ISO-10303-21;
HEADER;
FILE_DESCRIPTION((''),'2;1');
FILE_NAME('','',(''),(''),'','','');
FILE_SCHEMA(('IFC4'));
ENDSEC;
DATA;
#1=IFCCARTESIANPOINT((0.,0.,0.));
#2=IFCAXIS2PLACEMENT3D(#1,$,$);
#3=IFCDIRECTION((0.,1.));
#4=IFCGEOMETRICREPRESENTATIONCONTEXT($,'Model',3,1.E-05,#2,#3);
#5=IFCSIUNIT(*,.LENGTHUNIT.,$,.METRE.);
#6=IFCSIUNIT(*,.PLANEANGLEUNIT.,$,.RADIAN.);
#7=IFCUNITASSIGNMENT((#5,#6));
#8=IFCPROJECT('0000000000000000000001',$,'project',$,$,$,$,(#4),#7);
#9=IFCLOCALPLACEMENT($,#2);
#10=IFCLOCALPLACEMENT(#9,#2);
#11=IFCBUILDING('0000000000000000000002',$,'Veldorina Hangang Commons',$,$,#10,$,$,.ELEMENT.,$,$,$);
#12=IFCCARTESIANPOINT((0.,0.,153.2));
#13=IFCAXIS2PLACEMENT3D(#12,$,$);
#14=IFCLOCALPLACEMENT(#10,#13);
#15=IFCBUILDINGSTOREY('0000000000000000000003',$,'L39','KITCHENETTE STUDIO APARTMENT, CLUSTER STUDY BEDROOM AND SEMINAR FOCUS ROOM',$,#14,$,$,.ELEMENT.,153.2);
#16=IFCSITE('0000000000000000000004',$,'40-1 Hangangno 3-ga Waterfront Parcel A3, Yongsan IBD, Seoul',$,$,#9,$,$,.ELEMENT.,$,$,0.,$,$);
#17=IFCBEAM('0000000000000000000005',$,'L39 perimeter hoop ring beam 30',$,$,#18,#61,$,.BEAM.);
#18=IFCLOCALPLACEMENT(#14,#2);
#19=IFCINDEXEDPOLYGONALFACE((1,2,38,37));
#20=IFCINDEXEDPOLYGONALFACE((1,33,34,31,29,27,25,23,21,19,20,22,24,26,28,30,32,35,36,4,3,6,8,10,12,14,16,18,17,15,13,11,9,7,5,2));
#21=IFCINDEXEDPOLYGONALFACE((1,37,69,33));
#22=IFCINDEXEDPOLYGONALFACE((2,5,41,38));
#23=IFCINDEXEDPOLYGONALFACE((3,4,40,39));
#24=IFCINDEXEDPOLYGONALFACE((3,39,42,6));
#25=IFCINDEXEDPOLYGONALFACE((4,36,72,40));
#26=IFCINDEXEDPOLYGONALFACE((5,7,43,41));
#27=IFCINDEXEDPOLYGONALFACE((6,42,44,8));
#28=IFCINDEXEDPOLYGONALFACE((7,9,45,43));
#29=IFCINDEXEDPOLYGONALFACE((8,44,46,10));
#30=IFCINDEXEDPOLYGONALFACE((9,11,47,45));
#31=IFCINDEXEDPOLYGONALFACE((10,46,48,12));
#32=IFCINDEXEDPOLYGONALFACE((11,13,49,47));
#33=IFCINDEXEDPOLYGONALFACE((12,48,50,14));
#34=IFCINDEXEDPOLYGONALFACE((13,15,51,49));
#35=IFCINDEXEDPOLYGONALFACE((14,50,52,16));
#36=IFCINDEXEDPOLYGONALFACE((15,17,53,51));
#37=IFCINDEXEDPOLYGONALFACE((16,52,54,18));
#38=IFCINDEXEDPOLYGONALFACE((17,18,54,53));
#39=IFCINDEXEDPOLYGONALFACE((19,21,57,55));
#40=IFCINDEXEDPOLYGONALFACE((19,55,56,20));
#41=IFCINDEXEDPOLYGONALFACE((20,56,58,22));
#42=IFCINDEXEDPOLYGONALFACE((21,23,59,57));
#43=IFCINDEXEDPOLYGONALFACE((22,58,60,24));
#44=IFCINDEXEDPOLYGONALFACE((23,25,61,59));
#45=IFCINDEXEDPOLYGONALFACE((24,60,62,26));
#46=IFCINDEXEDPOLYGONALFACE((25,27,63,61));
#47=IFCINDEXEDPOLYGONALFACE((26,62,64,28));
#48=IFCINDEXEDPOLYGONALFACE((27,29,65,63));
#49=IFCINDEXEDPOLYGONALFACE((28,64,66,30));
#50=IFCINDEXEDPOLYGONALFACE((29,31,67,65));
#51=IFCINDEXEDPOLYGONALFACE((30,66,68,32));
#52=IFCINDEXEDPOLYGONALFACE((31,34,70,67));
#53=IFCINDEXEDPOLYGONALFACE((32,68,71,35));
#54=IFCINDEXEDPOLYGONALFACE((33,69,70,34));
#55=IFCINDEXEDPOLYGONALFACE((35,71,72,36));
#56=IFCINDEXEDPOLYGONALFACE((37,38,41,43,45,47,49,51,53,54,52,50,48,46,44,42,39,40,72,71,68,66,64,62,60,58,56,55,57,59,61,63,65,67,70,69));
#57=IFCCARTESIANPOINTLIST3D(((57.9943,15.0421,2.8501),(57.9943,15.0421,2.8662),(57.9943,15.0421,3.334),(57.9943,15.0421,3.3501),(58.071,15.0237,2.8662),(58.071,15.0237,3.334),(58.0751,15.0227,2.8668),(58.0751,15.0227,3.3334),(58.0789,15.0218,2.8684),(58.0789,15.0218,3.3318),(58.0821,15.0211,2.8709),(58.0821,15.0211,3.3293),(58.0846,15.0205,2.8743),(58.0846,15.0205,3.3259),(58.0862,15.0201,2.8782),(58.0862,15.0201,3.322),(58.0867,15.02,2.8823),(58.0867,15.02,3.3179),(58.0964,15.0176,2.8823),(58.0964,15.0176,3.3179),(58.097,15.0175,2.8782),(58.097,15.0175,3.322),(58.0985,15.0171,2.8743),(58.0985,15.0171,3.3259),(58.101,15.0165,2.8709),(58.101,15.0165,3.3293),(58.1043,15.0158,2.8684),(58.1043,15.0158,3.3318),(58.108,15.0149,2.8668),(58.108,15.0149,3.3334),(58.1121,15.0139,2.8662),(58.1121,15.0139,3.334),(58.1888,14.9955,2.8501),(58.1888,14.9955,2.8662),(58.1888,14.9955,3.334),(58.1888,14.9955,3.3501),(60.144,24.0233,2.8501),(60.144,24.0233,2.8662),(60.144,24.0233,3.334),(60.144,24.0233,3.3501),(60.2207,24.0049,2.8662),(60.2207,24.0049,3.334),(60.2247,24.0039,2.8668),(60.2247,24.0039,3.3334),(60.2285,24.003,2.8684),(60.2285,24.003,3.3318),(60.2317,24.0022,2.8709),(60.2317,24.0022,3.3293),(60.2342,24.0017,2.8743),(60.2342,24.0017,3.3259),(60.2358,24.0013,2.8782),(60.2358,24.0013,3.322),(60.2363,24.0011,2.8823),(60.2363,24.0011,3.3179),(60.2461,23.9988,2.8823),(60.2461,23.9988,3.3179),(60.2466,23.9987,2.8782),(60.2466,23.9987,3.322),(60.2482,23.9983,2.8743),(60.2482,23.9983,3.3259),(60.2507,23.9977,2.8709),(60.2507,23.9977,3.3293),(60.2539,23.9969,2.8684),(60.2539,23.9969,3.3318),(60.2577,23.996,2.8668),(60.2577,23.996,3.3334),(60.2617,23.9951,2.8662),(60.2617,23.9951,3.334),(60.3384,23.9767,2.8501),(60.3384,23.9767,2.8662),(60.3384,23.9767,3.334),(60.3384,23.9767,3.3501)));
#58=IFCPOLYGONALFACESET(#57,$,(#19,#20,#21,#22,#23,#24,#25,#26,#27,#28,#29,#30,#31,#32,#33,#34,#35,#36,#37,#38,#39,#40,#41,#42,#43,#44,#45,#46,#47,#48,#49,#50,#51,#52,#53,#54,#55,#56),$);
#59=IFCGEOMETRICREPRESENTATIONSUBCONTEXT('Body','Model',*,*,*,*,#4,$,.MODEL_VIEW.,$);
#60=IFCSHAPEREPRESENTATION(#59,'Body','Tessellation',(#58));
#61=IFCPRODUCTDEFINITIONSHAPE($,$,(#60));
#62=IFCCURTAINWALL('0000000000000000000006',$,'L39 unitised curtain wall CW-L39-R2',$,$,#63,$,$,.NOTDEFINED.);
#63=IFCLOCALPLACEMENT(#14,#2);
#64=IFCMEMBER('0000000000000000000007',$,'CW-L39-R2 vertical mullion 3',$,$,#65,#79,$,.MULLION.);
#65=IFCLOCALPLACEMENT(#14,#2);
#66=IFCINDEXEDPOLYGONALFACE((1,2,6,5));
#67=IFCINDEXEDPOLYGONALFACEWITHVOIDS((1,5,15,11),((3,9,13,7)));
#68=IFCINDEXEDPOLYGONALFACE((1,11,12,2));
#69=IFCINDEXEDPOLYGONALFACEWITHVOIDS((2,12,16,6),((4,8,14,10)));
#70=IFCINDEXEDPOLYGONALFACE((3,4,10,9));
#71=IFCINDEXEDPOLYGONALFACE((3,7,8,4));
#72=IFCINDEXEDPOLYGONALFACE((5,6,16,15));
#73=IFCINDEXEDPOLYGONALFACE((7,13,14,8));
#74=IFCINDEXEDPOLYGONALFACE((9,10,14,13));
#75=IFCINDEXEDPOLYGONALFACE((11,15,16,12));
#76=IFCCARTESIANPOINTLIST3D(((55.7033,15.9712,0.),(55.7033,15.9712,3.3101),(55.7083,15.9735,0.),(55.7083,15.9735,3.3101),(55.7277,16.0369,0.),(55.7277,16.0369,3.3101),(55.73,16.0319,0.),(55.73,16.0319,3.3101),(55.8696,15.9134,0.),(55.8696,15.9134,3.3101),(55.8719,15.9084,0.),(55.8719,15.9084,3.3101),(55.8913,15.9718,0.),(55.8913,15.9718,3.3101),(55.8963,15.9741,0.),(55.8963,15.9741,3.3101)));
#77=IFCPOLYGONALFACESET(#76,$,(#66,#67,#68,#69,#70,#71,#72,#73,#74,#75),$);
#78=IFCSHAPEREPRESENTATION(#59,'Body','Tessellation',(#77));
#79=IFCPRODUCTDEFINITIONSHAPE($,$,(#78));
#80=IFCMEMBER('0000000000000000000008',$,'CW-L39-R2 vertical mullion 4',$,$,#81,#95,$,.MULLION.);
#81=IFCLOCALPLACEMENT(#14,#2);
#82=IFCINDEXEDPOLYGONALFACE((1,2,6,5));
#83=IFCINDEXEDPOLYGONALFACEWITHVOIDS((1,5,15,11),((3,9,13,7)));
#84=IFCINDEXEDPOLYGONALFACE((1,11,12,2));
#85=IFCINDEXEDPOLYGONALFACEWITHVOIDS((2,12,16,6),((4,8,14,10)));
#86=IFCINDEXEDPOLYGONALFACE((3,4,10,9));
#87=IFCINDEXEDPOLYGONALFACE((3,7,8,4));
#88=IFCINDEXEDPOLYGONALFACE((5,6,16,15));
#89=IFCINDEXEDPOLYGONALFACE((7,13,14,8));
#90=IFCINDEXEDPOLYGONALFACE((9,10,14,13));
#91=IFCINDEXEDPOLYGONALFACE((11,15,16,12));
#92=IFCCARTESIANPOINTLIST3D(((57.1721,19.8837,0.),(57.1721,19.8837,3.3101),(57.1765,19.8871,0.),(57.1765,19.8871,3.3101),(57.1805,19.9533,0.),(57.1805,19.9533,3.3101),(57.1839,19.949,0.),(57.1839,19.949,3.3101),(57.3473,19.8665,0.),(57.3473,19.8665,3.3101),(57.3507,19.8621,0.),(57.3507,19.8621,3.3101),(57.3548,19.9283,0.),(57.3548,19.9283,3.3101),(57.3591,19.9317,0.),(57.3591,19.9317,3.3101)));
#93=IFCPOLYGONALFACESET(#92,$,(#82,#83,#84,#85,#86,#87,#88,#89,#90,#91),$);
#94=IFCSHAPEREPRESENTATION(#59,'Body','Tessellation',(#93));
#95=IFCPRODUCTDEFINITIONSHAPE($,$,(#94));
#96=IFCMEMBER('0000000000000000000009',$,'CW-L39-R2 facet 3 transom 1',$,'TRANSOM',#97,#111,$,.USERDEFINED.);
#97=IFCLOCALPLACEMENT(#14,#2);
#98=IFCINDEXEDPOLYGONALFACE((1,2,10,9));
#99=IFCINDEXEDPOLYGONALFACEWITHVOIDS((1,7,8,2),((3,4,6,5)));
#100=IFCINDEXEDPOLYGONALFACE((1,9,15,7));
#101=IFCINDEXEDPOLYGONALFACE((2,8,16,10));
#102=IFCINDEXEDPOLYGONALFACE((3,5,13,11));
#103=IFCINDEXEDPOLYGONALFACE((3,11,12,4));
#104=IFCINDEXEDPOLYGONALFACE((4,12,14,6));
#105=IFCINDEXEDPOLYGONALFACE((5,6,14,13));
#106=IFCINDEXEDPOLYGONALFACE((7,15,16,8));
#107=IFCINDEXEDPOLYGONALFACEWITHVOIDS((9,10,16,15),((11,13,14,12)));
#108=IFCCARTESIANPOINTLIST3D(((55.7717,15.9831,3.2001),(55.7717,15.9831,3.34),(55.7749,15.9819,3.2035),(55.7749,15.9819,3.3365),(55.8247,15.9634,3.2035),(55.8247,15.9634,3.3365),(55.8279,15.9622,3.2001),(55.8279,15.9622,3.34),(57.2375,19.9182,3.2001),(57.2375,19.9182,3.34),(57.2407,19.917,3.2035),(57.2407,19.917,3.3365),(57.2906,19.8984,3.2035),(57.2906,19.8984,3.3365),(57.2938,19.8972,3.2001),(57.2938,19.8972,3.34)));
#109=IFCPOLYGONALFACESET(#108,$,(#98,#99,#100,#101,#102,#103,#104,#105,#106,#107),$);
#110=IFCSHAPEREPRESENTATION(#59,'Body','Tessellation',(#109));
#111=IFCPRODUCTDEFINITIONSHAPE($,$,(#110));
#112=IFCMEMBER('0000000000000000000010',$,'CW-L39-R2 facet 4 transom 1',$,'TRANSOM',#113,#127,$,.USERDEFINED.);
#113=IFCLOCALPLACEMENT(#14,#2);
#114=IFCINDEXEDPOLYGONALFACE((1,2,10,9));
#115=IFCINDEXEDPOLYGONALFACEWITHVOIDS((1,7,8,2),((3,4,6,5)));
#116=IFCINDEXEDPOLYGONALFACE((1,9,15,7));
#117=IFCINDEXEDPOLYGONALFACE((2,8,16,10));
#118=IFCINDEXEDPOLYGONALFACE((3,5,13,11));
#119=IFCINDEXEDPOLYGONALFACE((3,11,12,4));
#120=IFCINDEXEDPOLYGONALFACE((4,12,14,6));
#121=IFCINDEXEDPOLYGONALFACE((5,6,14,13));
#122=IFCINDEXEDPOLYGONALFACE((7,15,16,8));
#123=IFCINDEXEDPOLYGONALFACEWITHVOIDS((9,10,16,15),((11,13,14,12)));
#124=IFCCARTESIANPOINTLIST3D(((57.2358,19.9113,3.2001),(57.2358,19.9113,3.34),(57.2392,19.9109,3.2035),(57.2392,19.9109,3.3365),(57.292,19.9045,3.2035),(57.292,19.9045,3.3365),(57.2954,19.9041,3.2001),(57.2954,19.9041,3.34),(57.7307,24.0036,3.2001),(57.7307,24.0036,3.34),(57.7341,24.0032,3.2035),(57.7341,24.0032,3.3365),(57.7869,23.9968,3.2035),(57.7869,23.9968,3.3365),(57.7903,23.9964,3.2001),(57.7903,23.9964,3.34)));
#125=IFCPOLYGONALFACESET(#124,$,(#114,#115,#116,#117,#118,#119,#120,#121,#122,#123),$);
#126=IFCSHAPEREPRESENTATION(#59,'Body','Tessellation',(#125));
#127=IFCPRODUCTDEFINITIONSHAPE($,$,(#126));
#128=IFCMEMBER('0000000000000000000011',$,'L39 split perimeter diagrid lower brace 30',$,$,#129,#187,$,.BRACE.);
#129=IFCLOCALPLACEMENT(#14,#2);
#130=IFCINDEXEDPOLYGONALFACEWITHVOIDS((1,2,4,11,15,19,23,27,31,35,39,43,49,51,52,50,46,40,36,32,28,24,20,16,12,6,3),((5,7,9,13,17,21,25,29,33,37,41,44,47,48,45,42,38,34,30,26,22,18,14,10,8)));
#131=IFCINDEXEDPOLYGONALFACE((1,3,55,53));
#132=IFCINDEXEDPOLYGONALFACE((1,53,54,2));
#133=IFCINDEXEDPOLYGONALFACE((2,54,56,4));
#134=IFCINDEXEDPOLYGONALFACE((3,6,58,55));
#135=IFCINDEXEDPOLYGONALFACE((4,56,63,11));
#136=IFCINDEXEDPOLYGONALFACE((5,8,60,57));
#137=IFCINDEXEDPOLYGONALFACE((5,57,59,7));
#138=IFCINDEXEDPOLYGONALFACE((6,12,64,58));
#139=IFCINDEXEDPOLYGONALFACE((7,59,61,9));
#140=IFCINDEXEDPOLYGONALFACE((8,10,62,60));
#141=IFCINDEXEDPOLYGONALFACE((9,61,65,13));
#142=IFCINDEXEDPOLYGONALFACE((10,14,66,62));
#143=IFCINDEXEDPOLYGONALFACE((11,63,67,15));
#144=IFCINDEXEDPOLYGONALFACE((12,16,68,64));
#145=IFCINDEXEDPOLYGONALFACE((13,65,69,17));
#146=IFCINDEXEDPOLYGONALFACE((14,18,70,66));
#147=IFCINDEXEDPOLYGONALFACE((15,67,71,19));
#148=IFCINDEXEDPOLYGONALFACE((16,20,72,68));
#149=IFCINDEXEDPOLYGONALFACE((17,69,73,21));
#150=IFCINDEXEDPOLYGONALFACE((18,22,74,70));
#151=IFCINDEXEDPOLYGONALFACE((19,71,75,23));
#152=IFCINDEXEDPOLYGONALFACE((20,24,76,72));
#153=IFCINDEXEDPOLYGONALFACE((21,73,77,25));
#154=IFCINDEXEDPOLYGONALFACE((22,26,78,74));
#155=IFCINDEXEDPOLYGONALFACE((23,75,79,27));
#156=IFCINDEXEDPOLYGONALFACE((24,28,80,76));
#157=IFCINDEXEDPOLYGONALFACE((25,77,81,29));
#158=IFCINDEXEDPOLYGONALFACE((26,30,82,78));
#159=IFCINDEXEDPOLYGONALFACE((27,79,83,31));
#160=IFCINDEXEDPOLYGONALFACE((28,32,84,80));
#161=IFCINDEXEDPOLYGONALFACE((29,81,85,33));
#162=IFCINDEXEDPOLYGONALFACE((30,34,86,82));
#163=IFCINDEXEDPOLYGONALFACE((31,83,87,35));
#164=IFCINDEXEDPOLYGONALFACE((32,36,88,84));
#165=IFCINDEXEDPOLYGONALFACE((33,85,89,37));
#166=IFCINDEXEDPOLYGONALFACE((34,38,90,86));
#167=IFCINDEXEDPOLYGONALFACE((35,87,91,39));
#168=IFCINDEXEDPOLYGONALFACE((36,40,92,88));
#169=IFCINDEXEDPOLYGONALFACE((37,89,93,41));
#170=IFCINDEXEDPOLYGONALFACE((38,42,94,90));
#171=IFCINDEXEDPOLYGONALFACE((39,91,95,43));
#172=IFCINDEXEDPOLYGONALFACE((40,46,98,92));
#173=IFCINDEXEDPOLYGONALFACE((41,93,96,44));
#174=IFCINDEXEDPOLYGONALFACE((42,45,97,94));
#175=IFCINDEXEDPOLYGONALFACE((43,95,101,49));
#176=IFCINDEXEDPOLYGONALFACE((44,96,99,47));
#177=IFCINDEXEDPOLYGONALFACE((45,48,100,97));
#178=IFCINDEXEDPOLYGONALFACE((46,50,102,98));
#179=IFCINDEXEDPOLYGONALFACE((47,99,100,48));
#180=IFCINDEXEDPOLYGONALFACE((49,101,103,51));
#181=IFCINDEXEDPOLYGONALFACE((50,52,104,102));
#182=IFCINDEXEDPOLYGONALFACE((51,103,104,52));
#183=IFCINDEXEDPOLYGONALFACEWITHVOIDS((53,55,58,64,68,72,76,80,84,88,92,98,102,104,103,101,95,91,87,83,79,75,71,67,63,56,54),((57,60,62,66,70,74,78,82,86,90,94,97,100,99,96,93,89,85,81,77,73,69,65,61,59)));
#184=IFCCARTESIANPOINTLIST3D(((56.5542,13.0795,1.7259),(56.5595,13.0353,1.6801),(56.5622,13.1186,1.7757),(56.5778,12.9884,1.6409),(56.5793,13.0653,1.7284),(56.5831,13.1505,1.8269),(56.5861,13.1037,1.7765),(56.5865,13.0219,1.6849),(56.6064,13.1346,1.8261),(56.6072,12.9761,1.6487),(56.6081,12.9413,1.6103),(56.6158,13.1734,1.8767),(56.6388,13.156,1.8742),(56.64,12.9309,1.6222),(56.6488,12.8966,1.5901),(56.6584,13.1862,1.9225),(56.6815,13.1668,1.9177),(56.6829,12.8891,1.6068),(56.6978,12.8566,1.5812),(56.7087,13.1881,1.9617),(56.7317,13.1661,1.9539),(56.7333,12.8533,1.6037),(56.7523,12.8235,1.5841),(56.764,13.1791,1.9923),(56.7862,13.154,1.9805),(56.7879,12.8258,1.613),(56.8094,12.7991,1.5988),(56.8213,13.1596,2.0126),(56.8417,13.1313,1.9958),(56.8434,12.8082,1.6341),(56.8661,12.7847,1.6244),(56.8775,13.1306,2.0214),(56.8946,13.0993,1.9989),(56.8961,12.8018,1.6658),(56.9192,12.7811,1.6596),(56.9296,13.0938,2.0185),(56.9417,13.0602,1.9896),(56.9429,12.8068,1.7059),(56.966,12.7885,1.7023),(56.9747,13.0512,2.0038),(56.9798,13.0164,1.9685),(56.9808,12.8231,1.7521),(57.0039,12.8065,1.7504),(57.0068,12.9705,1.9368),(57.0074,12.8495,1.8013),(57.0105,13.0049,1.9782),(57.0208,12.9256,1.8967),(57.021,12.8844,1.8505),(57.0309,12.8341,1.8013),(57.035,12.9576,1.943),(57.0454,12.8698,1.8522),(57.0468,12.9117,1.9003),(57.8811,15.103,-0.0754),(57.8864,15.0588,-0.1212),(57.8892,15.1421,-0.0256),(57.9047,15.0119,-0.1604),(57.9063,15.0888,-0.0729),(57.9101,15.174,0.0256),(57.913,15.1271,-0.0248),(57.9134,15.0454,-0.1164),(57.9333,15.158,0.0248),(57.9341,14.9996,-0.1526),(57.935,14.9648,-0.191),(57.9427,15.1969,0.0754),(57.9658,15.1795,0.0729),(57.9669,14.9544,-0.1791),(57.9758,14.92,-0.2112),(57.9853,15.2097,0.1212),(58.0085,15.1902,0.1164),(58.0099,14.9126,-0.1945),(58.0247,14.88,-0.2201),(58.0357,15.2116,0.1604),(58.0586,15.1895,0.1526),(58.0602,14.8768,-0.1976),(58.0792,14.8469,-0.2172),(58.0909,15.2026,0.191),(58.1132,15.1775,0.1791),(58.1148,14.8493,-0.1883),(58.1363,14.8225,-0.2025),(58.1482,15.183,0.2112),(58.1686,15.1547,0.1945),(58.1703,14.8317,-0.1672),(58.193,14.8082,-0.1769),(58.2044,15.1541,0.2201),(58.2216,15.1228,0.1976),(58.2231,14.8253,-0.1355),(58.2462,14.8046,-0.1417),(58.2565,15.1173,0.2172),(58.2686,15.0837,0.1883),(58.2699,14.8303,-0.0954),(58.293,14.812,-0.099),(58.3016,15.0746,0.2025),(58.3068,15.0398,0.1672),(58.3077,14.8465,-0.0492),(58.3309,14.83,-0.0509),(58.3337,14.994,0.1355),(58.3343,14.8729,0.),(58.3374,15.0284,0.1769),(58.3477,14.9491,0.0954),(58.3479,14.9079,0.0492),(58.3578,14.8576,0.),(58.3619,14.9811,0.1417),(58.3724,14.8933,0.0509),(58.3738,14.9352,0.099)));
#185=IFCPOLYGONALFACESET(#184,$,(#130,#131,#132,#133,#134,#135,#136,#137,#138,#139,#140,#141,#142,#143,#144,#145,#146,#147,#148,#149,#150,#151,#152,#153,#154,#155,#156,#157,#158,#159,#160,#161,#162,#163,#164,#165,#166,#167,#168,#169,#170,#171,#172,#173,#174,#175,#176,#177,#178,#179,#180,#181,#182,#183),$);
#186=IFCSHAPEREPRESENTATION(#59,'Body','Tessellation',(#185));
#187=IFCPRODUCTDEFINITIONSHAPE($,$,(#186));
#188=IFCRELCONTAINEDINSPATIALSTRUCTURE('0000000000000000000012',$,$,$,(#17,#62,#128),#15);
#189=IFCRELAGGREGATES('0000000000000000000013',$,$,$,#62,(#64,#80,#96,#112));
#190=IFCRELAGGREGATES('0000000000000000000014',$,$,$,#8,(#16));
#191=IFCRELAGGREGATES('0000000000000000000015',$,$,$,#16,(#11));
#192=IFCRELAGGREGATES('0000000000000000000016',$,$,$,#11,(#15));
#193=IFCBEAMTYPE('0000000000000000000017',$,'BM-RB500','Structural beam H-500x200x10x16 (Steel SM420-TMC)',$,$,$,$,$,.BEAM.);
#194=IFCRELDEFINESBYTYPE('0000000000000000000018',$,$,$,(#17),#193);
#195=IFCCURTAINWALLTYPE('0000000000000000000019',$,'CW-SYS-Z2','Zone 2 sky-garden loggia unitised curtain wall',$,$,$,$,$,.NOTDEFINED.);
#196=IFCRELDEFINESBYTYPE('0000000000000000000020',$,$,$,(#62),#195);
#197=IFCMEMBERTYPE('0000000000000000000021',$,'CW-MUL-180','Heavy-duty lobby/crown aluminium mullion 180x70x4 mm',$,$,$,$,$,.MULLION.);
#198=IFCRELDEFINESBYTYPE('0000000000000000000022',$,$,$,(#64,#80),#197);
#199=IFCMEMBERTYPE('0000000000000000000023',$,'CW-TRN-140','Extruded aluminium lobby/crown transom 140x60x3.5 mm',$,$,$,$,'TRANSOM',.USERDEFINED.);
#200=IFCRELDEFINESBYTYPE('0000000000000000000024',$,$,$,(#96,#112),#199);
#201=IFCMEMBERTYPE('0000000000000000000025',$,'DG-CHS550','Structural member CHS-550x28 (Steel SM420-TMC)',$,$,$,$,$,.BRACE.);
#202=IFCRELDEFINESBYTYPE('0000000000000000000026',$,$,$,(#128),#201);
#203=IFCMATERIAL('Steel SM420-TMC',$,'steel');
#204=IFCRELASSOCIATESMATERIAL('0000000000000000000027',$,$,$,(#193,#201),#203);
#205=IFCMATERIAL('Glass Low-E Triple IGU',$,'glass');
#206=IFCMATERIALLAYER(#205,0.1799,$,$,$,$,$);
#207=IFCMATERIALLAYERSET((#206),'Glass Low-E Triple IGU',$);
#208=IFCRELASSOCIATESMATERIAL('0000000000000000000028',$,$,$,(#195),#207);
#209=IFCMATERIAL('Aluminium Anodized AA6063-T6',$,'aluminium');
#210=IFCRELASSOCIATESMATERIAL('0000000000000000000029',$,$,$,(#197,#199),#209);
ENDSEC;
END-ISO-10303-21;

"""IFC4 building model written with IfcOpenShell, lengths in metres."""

from ifc_helpers import new_model, si_unit, direction, frame, origin, origin_2d, place, context, subcontext, project, spatial, hollow_rectangle, hollow_circle, i_section, extrude, material, layer, layer_set, material_profile, profile_set, type_object, element, aggregate, save


model = new_model("IFC4")

# Units and contexts
model_context = context("Model", 3, precision=1e-05, world=origin(), true_north=direction((0.0, 1.0)))
body_context = subcontext(model_context, "Body", "Model", "MODEL_VIEW")
ifc_project = project(units=[si_unit("LENGTHUNIT", "METRE"), si_unit("PLANEANGLEUNIT", "RADIAN")], contexts=[model_context])

# Site, building, storey
site_placement = place(None, origin())
site = spatial("IfcSite", under=ifc_project, at=site_placement, Name="40-1 Hangangno 3-ga Waterfront Parcel A3, Yongsan IBD, Seoul", CompositionType="ELEMENT", RefElevation=0.0)
building_placement = place(site_placement, origin())
building = spatial("IfcBuilding", under=site, at=building_placement, Name="Veldorina Hangang Commons", CompositionType="ELEMENT")
storey_placement = place(building_placement, frame((0.0, 0.0, 153.2)))
storey = spatial("IfcBuildingStorey", under=building, at=storey_placement, Name="L39", Description="KITCHENETTE STUDIO APARTMENT, CLUSTER STUDY BEDROOM AND SEMINAR FOCUS ROOM", CompositionType="ELEMENT", Elevation=153.2)

# Beam
ifc_material_1 = material(Name="Steel SM420-TMC", Category="steel")
ifc_material_profile_1 = material_profile(ifc_material_1, i_section(OverallWidth=0.2, OverallDepth=0.5, WebThickness=0.01, FlangeThickness=0.0161, FilletRadius=0.0161, at=origin_2d()), Name="H-500x200x10x16")
ifc_profile_set_1 = profile_set([ifc_material_profile_1], Name="Steel SM420-TMC")
beam_type = type_object("IfcBeamType", Name="BM-RB500", Description="Structural beam H-500x200x10x16 (Steel SM420-TMC)", PredefinedType="BEAM", material=ifc_profile_set_1)
beam_placement = place(storey_placement, frame((58.0916, 15.0188, 3.1001), z_axis=(0.232776, 0.97253, 0.0), x_axis=(-0.97253, 0.232776, 0.0)))
element("IfcBeam", 1, at=beam_placement, inside=storey, type_object=beam_type, Name="L39 perimeter hoop ring beam 30", PredefinedType="BEAM", context=body_context, shape_type="SweptSolid", body=[
    extrude(i_section(OverallWidth=0.2, OverallDepth=0.5, WebThickness=0.01, FlangeThickness=0.0161, FilletRadius=0.0161, at=origin_2d()), origin(), (0.0, 0.0, 1.0), 9.2349),
])

# Curtain wall, members
ifc_material_2 = material(Name="Glass Low-E Triple IGU", Category="glass")
ifc_layer_1 = layer(ifc_material_2, 0.1799)
ifc_layer_set_1 = layer_set([ifc_layer_1], Name="Glass Low-E Triple IGU")
curtain_wall_type = type_object("IfcCurtainWallType", Name="CW-SYS-Z2", Description="Zone 2 sky-garden loggia unitised curtain wall", PredefinedType="NOTDEFINED", material=ifc_layer_set_1)
curtain_wall_placement = place(storey_placement, origin())
curtain_wall = element("IfcCurtainWall", 2, at=curtain_wall_placement, inside=storey, type_object=curtain_wall_type, Name="L39 unitised curtain wall CW-L39-R2", PredefinedType="NOTDEFINED")
ifc_material_3 = material(Name="Aluminium Anodized AA6063-T6", Category="aluminium")
ifc_material_profile_2 = material_profile(ifc_material_3, hollow_rectangle(XDim=0.0701, YDim=0.1799, WallThickness=0.0039, at=origin_2d()), Name="ALU-RHS-180x70x4")
ifc_profile_set_2 = profile_set([ifc_material_profile_2], Name="Aluminium Anodized AA6063-T6")
member_type_1 = type_object("IfcMemberType", Name="CW-MUL-180", Description="Heavy-duty lobby/crown aluminium mullion 180x70x4 mm", PredefinedType="MULLION", material=ifc_profile_set_2)
member_1_placement = place(storey_placement, frame((55.7998, 15.9727, 0.0), z_axis=(0.0, 0.0, 1.0), x_axis=(0.349095, 0.937087, 0.0)))
member_1 = element("IfcMember", 3, at=member_1_placement, type_object=member_type_1, Name="CW-L39-R2 vertical mullion 3", PredefinedType="MULLION", context=body_context, shape_type="SweptSolid", body=[
    extrude(hollow_rectangle(XDim=0.0701, YDim=0.1799, WallThickness=0.0039, at=origin_2d()), origin(), (0.0, 0.0, 1.0), 3.3101),
])
member_2_placement = place(storey_placement, frame((57.2656, 19.9077, 0.0), z_axis=(0.0, 0.0, 1.0), x_axis=(0.120085, 0.992764, 0.0)))
member_2 = element("IfcMember", 4, at=member_2_placement, type_object=member_type_1, Name="CW-L39-R2 vertical mullion 4", PredefinedType="MULLION", context=body_context, shape_type="SweptSolid", body=[
    extrude(hollow_rectangle(XDim=0.0701, YDim=0.1799, WallThickness=0.0039, at=origin_2d()), origin(), (0.0, 0.0, 1.0), 3.3101),
])
ifc_material_profile_3 = material_profile(ifc_material_3, hollow_rectangle(XDim=0.0601, YDim=0.1399, WallThickness=0.0034, at=origin_2d()), Name="ALU-RHS-140x60x3.5")
ifc_profile_set_3 = profile_set([ifc_material_profile_3], Name="Aluminium Anodized AA6063-T6")
member_type_2 = type_object("IfcMemberType", Name="CW-TRN-140", Description="Extruded aluminium lobby/crown transom 140x60x3.5 mm", ElementType="TRANSOM", PredefinedType="USERDEFINED", material=ifc_profile_set_3)
member_3_placement = place(storey_placement, frame((55.7998, 15.9727, 3.27), z_axis=(0.349071, 0.937096, 0.0), x_axis=(-0.937096, 0.349071, 0.0)))
member_3 = element("IfcMember", 5, at=member_3_placement, type_object=member_type_2, Name="CW-L39-R2 facet 3 transom 1", ObjectType="TRANSOM", PredefinedType="USERDEFINED", context=body_context, shape_type="SweptSolid", body=[
    extrude(hollow_rectangle(XDim=0.0601, YDim=0.1399, WallThickness=0.0034, at=origin_2d()), origin(), (0.0, 0.0, 1.0), 4.1992),
])
member_4_placement = place(storey_placement, frame((57.2656, 19.9077, 3.27), z_axis=(0.120054, 0.992767, 0.0), x_axis=(-0.992767, 0.120054, 0.0)))
member_4 = element("IfcMember", 6, at=member_4_placement, type_object=member_type_2, Name="CW-L39-R2 facet 4 transom 1", ObjectType="TRANSOM", PredefinedType="USERDEFINED", context=body_context, shape_type="SweptSolid", body=[
    extrude(hollow_rectangle(XDim=0.0601, YDim=0.1399, WallThickness=0.0034, at=origin_2d()), origin(), (0.0, 0.0, 1.0), 4.1221),
])

# Member
ifc_material_profile_4 = material_profile(ifc_material_1, hollow_circle(Radius=0.2749, WallThickness=0.0281, at=origin_2d()), Name="CHS-550x28")
ifc_profile_set_4 = profile_set([ifc_material_profile_4], Name="Steel SM420-TMC")
member_type_3 = type_object("IfcMemberType", Name="DG-CHS550", Description="Structural member CHS-550x28 (Steel SM420-TMC)", PredefinedType="BRACE", material=ifc_profile_set_4)
member_5_placement = place(storey_placement, frame((58.1279, 15.0083, 0.0), z_axis=(-0.439875, -0.67078, 0.59713), x_axis=(0.836233, -0.548374, 0.0)))
element("IfcMember", 7, at=member_5_placement, inside=storey, type_object=member_type_3, Name="L39 split perimeter diagrid lower brace 30", PredefinedType="BRACE", context=body_context, shape_type="SweptSolid", body=[
    extrude(hollow_circle(Radius=0.2749, WallThickness=0.0281, at=origin_2d()), origin(), (0.0, 0.0, 1.0), 3.0166),
])

aggregate(curtain_wall, [member_1, member_2, member_3, member_4])

save(model, "model.ifc")
